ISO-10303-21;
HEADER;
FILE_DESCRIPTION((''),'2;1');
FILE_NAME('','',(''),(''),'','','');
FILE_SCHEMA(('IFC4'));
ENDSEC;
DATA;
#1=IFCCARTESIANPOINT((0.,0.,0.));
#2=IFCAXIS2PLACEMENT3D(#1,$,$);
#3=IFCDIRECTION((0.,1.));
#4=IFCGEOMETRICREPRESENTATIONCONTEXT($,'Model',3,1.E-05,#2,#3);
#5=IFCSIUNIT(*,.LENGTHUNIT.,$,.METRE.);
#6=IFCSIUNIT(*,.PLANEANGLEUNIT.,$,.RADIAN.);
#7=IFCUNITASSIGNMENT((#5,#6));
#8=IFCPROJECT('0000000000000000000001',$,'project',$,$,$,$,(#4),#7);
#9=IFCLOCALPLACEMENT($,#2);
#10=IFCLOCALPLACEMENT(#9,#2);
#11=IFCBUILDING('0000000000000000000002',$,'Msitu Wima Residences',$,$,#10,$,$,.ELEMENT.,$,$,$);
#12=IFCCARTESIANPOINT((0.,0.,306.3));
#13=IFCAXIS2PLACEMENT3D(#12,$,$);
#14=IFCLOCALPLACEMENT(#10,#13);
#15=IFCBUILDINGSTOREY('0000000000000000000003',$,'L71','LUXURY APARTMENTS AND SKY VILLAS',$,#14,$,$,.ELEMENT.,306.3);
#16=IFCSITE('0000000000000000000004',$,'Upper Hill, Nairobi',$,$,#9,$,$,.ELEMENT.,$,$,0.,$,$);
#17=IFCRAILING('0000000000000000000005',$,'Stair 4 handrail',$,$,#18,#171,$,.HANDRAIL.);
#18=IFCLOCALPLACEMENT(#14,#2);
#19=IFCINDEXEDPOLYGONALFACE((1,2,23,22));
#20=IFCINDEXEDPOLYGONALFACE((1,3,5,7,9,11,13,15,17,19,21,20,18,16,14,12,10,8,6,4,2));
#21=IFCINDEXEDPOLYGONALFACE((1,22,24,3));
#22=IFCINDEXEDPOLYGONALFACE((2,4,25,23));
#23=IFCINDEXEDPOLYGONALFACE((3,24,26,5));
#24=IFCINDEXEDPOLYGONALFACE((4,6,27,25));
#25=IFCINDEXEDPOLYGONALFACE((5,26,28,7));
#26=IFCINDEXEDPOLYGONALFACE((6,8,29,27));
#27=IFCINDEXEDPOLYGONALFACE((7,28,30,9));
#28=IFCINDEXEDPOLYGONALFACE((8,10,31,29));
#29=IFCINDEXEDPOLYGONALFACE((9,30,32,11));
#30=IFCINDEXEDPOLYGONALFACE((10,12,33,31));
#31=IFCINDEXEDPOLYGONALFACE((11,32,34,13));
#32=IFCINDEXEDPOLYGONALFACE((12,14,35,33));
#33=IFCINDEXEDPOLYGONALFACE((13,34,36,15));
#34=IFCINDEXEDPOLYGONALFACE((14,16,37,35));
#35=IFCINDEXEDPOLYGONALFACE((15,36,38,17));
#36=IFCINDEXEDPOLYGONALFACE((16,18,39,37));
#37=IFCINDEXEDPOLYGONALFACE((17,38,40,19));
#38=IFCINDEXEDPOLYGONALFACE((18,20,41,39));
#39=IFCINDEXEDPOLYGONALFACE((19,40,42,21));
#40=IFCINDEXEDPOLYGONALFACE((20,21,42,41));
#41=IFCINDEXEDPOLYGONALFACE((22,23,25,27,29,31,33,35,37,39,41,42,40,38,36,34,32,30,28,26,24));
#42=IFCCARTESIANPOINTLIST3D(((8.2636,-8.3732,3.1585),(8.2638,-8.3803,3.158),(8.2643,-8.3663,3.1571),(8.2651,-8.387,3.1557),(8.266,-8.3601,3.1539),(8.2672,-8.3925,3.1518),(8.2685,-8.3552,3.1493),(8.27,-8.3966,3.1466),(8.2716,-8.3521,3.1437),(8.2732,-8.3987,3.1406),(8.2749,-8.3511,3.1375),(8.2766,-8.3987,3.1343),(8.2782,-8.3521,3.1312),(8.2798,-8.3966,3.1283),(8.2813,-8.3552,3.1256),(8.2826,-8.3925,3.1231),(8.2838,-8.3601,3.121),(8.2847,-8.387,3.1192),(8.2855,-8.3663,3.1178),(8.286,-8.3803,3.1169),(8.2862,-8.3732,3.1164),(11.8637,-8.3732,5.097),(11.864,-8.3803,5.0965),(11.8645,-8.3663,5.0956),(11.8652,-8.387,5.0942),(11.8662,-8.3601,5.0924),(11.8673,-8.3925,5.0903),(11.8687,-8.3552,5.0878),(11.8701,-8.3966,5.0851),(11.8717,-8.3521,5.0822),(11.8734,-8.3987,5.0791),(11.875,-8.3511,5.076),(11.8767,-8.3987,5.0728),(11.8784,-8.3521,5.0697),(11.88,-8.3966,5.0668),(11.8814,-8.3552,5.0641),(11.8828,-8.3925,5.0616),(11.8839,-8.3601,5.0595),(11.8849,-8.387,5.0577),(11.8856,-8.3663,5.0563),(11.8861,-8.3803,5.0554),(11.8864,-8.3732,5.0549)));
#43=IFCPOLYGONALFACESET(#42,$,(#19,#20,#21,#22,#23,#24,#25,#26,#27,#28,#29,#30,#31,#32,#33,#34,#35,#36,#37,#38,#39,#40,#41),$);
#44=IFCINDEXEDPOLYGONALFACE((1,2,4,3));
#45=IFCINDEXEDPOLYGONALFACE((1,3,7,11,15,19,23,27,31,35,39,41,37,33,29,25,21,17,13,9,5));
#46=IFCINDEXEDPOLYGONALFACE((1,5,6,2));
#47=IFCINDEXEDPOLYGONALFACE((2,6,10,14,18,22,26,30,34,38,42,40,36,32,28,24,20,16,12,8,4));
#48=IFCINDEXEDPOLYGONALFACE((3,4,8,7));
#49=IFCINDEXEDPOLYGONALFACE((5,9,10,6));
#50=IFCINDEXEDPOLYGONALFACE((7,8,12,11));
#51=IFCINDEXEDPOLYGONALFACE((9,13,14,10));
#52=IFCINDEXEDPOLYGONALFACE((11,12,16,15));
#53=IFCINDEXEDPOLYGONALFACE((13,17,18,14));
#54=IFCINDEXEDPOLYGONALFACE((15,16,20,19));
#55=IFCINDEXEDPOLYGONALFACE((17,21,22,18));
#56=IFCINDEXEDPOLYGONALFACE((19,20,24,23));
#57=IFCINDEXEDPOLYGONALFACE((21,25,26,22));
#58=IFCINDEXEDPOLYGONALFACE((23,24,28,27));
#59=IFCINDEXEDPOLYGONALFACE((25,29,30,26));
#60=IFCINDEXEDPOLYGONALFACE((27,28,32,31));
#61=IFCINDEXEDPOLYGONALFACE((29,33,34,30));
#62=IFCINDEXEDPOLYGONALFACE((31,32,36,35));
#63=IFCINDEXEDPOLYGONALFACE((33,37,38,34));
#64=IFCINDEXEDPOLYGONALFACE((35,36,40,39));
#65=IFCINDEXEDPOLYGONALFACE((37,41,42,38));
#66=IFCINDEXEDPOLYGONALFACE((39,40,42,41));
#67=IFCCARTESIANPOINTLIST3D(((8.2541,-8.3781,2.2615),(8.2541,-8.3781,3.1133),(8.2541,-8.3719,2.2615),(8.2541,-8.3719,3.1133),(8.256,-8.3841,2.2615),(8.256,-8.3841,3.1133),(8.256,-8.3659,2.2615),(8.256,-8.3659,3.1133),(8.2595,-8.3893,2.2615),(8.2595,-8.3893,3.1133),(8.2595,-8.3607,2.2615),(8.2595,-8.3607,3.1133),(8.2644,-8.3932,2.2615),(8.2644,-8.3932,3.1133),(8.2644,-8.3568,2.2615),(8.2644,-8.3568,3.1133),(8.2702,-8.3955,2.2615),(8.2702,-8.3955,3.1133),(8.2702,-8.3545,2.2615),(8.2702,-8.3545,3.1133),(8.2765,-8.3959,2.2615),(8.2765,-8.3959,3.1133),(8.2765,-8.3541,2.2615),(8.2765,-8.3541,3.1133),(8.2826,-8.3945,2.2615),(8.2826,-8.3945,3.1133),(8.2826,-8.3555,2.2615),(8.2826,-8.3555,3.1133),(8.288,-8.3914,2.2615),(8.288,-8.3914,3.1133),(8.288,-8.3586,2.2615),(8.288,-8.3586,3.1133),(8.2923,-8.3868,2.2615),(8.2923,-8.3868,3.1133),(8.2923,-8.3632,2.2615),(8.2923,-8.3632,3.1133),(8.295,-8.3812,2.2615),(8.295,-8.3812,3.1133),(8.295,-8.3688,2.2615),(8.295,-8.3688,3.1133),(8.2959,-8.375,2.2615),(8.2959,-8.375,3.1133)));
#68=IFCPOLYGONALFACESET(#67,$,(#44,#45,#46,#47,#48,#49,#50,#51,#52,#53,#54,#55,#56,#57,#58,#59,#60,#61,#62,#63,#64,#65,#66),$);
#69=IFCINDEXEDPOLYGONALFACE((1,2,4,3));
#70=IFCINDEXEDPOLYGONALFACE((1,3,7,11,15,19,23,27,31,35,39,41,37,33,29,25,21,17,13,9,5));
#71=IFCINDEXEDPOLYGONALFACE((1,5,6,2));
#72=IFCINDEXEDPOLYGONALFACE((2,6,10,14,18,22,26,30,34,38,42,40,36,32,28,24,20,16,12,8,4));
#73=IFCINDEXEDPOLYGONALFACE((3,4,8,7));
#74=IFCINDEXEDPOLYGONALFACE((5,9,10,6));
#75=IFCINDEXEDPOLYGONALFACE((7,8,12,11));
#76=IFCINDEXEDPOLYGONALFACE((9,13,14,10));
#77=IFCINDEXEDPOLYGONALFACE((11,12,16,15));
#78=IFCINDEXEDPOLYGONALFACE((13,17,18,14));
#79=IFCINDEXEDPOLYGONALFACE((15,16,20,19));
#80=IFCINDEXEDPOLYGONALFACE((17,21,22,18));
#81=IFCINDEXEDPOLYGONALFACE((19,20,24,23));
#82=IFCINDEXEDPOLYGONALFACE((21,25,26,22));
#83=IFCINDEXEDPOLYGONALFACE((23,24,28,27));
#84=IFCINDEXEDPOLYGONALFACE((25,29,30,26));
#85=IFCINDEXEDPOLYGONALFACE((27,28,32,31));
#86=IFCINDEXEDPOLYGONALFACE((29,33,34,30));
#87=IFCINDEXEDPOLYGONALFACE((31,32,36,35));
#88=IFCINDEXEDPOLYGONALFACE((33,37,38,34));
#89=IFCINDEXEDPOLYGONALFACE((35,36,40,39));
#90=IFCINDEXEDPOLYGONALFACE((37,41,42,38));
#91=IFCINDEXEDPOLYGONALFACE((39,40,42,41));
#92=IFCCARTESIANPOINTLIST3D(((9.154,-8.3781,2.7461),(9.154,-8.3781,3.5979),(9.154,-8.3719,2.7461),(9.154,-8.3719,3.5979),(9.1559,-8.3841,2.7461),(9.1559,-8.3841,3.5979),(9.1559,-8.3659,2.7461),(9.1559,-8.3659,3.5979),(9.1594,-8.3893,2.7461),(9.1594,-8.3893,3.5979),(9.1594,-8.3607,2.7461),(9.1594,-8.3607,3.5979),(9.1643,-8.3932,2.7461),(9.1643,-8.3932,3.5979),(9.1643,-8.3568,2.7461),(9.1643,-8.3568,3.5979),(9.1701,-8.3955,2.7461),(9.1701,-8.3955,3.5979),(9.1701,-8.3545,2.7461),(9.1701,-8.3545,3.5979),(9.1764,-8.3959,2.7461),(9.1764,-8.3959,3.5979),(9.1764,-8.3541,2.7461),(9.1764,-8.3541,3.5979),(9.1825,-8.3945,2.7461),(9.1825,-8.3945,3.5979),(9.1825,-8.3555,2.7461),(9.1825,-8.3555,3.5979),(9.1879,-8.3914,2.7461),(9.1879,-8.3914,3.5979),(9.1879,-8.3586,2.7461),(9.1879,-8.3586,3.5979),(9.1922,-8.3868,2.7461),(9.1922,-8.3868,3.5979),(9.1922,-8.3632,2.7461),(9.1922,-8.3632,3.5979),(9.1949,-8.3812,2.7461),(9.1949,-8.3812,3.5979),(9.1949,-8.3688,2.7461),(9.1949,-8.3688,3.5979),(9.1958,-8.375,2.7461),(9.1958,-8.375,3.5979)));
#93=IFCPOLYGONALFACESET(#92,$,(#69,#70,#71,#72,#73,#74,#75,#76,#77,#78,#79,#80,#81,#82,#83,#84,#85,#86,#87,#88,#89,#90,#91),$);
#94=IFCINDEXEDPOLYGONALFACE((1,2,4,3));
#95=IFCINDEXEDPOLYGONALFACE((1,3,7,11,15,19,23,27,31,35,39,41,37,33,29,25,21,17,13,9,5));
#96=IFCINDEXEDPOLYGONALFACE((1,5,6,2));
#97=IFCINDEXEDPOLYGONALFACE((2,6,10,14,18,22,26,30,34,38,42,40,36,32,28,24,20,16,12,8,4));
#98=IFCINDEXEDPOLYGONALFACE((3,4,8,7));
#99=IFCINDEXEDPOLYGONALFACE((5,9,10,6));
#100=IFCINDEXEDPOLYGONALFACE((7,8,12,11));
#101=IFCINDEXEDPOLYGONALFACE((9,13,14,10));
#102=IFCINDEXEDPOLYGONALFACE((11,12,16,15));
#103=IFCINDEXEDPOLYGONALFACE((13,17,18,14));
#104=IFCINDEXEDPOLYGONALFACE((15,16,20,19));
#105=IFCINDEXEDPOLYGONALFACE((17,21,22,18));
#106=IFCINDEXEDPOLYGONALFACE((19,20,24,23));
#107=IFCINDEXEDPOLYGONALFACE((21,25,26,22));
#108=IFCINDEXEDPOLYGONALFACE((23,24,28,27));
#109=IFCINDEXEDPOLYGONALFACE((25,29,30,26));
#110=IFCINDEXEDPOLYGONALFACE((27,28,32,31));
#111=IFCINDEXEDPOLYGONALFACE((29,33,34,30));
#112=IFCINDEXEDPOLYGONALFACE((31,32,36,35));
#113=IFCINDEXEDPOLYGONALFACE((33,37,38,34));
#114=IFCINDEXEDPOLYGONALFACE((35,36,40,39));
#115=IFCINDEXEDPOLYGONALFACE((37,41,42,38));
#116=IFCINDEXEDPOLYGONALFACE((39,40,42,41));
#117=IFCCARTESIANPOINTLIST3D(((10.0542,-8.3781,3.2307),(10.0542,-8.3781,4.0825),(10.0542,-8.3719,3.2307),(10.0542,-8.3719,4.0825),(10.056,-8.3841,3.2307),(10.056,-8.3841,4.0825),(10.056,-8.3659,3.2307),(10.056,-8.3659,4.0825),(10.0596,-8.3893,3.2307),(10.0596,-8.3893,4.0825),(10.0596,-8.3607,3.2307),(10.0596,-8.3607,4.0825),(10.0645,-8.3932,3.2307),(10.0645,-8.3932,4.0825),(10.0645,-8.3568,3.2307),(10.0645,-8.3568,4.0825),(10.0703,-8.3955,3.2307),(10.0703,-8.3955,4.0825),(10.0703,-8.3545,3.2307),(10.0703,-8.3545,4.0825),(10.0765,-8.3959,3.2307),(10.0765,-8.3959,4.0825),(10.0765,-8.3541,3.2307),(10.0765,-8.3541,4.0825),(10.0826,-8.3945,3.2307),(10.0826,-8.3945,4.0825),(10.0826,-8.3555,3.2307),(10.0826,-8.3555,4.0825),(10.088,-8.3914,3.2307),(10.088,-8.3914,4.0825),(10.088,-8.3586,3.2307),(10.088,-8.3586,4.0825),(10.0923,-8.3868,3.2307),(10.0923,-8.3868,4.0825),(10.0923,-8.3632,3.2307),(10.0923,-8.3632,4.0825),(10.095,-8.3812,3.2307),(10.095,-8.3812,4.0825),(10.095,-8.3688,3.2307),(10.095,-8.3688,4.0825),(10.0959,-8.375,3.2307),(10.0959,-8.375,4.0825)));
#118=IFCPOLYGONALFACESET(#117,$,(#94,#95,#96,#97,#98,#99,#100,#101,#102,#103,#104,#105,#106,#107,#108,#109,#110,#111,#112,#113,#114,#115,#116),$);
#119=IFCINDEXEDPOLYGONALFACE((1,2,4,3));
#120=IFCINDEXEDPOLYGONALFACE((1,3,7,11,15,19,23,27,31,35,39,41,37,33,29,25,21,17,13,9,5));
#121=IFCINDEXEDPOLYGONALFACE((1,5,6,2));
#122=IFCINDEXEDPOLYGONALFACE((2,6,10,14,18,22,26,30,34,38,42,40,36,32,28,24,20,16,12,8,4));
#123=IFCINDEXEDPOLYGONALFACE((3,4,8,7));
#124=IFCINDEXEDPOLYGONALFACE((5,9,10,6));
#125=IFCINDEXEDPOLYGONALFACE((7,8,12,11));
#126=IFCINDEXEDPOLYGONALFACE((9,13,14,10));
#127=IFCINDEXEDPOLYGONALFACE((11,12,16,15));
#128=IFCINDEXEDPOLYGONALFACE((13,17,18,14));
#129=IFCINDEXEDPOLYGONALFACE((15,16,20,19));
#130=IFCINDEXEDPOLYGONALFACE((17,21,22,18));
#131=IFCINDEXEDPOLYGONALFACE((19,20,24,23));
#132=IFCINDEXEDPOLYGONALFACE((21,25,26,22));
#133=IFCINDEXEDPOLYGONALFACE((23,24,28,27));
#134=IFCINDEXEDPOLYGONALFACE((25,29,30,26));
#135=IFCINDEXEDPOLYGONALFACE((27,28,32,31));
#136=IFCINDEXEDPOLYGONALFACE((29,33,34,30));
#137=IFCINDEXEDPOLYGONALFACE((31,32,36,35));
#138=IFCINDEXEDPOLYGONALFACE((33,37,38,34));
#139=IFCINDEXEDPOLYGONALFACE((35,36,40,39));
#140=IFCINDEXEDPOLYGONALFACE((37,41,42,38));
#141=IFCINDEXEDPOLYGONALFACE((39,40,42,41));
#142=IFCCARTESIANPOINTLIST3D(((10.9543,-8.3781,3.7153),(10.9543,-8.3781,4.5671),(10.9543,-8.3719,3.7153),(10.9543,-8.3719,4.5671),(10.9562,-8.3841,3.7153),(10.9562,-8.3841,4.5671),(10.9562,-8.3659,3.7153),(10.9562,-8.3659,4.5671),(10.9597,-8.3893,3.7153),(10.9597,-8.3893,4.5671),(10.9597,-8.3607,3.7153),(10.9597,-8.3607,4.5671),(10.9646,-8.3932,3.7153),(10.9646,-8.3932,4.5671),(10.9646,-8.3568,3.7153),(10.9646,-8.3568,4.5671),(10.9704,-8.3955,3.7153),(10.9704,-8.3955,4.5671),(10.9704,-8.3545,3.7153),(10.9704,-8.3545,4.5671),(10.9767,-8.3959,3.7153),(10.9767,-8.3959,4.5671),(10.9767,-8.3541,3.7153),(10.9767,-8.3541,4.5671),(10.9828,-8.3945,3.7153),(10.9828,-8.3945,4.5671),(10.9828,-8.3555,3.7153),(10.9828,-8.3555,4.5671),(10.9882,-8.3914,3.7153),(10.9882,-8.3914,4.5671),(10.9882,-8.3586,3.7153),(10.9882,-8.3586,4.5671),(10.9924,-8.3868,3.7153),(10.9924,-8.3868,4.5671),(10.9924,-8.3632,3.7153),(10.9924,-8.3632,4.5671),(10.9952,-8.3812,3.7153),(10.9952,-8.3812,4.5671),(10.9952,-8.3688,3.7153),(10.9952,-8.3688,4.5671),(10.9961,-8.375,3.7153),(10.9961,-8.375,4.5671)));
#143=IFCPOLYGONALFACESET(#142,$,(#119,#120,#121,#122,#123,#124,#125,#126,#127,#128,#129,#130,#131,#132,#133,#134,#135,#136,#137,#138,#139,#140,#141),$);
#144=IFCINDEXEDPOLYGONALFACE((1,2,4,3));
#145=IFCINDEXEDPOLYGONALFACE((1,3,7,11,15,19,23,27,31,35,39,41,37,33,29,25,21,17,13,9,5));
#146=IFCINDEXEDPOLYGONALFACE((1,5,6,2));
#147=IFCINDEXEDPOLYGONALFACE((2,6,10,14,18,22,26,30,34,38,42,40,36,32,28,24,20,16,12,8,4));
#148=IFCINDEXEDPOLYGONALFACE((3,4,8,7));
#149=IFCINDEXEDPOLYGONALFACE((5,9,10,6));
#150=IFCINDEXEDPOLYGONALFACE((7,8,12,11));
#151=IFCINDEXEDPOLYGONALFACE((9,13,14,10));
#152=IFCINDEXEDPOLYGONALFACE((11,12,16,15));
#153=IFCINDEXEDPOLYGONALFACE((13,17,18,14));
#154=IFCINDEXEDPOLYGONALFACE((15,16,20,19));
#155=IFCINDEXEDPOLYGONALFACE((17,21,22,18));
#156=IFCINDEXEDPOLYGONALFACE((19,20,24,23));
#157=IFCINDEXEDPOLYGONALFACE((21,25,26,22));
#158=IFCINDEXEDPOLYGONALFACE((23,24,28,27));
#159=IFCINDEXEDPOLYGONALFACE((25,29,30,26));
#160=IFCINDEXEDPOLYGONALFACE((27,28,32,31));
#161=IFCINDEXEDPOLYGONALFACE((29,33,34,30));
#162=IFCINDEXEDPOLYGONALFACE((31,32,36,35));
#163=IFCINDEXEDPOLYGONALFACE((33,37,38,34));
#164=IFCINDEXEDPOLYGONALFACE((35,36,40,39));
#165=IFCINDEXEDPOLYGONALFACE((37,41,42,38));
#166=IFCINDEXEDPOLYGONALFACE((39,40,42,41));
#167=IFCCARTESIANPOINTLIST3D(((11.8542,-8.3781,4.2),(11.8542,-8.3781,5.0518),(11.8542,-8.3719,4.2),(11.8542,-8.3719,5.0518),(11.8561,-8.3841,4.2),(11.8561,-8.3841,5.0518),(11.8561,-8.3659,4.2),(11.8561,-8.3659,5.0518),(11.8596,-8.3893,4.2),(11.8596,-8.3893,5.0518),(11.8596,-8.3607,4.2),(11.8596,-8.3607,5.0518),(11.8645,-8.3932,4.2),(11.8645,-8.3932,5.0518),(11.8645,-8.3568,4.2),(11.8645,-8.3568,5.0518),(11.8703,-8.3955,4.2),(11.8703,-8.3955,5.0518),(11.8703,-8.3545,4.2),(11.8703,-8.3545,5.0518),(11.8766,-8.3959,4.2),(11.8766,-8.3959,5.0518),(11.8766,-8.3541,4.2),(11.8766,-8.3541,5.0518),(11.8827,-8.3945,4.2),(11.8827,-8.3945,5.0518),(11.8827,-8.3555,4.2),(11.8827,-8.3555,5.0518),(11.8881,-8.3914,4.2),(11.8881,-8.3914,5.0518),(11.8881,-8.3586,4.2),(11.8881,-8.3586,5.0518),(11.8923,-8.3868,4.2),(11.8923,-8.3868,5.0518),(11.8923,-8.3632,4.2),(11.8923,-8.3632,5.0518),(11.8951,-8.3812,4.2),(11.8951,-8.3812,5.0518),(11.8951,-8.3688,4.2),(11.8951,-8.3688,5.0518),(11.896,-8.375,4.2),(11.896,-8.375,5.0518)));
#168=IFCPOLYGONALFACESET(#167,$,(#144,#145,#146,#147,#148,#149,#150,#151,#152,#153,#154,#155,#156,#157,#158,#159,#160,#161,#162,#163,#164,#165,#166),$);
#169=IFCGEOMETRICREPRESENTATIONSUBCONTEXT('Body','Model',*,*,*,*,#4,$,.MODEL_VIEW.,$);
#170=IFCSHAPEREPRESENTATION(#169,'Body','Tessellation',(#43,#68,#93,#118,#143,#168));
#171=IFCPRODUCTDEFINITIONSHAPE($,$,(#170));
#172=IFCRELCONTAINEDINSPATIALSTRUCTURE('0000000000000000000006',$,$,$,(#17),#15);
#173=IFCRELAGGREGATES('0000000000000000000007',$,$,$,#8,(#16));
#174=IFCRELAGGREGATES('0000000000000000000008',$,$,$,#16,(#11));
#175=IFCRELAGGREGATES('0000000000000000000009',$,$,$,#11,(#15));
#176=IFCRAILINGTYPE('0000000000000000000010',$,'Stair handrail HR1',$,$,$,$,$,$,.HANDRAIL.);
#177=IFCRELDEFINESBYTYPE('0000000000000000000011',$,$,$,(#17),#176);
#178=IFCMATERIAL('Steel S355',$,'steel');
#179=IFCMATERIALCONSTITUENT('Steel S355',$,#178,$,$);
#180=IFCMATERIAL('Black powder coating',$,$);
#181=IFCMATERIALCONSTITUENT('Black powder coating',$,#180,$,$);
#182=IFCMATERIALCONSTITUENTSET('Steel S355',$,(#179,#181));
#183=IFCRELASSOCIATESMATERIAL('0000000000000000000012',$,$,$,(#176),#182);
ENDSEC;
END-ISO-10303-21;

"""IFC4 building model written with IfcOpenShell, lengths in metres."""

from ifc_helpers import new_model, si_unit, direction, frame, origin, origin_2d, place, context, subcontext, project, spatial, circle, extrude, material, constituent, constituent_set, type_object, element, save


model = new_model("IFC4")

# Units and contexts
model_context = context("Model", 3, precision=1e-05, world=origin(), true_north=direction((0.0, 1.0)))
body_context = subcontext(model_context, "Body", "Model", "MODEL_VIEW")
ifc_project = project(units=[si_unit("LENGTHUNIT", "METRE"), si_unit("PLANEANGLEUNIT", "RADIAN")], contexts=[model_context])

# Site, building, storey
site_placement = place(None, origin())
site = spatial("IfcSite", under=ifc_project, at=site_placement, Name="Upper Hill, Nairobi", CompositionType="ELEMENT", RefElevation=0.0)
building_placement = place(site_placement, origin())
building = spatial("IfcBuilding", under=site, at=building_placement, Name="Msitu Wima Residences", CompositionType="ELEMENT")
storey_placement = place(building_placement, frame((0.0, 0.0, 306.3)))
storey = spatial("IfcBuildingStorey", under=building, at=storey_placement, Name="L71", Description="LUXURY APARTMENTS AND SKY VILLAS", CompositionType="ELEMENT", Elevation=306.3)

# Railing
ifc_material_1 = material(Name="Steel S355", Category="steel")
ifc_constituent_1 = constituent(ifc_material_1, Name="Steel S355")
ifc_material_2 = material(Name="Black powder coating")
ifc_constituent_2 = constituent(ifc_material_2, Name="Black powder coating")
ifc_constituent_set = constituent_set(constituents=[ifc_constituent_1, ifc_constituent_2], Name="Steel S355")
railing_type = type_object("IfcRailingType", Name="Stair handrail HR1", PredefinedType="HANDRAIL", material=ifc_constituent_set)
for number, where, name in (
    (1, (8.2749, -8.375, 2.2615), "Stair 4 handrail"),
):
    element("IfcRailing", number, at=place(storey_placement, frame(where)), inside=storey, type_object=railing_type, Name=name, PredefinedType="HANDRAIL", context=body_context, shape_type="SweptSolid", body=[
        extrude(circle(Radius=0.0239, at=origin_2d()), frame((0.0, 0.0, 0.876), z_axis=(0.880475, 0.0, 0.474093), x_axis=(0.0, 1.0, 0.0)), (0.0, 0.0, 1.0), 4.0889),
        extrude(circle(Radius=0.021, at=origin_2d()), origin(), (0.0, 0.0, 1.0), 0.8518),
        extrude(circle(Radius=0.021, at=origin_2d()), frame((0.8999, 0.0, 0.4846)), (0.0, 0.0, 1.0), 0.8518),
        extrude(circle(Radius=0.021, at=origin_2d()), frame((1.8, 0.0, 0.9692)), (0.0, 0.0, 1.0), 0.8518),
        extrude(circle(Radius=0.021, at=origin_2d()), frame((2.7002, 0.0, 1.4539)), (0.0, 0.0, 1.0), 0.8518),
        extrude(circle(Radius=0.021, at=origin_2d()), frame((3.6001, 0.0, 1.9385)), (0.0, 0.0, 1.0), 0.8518),
    ])

save(model, "model.ifc")
